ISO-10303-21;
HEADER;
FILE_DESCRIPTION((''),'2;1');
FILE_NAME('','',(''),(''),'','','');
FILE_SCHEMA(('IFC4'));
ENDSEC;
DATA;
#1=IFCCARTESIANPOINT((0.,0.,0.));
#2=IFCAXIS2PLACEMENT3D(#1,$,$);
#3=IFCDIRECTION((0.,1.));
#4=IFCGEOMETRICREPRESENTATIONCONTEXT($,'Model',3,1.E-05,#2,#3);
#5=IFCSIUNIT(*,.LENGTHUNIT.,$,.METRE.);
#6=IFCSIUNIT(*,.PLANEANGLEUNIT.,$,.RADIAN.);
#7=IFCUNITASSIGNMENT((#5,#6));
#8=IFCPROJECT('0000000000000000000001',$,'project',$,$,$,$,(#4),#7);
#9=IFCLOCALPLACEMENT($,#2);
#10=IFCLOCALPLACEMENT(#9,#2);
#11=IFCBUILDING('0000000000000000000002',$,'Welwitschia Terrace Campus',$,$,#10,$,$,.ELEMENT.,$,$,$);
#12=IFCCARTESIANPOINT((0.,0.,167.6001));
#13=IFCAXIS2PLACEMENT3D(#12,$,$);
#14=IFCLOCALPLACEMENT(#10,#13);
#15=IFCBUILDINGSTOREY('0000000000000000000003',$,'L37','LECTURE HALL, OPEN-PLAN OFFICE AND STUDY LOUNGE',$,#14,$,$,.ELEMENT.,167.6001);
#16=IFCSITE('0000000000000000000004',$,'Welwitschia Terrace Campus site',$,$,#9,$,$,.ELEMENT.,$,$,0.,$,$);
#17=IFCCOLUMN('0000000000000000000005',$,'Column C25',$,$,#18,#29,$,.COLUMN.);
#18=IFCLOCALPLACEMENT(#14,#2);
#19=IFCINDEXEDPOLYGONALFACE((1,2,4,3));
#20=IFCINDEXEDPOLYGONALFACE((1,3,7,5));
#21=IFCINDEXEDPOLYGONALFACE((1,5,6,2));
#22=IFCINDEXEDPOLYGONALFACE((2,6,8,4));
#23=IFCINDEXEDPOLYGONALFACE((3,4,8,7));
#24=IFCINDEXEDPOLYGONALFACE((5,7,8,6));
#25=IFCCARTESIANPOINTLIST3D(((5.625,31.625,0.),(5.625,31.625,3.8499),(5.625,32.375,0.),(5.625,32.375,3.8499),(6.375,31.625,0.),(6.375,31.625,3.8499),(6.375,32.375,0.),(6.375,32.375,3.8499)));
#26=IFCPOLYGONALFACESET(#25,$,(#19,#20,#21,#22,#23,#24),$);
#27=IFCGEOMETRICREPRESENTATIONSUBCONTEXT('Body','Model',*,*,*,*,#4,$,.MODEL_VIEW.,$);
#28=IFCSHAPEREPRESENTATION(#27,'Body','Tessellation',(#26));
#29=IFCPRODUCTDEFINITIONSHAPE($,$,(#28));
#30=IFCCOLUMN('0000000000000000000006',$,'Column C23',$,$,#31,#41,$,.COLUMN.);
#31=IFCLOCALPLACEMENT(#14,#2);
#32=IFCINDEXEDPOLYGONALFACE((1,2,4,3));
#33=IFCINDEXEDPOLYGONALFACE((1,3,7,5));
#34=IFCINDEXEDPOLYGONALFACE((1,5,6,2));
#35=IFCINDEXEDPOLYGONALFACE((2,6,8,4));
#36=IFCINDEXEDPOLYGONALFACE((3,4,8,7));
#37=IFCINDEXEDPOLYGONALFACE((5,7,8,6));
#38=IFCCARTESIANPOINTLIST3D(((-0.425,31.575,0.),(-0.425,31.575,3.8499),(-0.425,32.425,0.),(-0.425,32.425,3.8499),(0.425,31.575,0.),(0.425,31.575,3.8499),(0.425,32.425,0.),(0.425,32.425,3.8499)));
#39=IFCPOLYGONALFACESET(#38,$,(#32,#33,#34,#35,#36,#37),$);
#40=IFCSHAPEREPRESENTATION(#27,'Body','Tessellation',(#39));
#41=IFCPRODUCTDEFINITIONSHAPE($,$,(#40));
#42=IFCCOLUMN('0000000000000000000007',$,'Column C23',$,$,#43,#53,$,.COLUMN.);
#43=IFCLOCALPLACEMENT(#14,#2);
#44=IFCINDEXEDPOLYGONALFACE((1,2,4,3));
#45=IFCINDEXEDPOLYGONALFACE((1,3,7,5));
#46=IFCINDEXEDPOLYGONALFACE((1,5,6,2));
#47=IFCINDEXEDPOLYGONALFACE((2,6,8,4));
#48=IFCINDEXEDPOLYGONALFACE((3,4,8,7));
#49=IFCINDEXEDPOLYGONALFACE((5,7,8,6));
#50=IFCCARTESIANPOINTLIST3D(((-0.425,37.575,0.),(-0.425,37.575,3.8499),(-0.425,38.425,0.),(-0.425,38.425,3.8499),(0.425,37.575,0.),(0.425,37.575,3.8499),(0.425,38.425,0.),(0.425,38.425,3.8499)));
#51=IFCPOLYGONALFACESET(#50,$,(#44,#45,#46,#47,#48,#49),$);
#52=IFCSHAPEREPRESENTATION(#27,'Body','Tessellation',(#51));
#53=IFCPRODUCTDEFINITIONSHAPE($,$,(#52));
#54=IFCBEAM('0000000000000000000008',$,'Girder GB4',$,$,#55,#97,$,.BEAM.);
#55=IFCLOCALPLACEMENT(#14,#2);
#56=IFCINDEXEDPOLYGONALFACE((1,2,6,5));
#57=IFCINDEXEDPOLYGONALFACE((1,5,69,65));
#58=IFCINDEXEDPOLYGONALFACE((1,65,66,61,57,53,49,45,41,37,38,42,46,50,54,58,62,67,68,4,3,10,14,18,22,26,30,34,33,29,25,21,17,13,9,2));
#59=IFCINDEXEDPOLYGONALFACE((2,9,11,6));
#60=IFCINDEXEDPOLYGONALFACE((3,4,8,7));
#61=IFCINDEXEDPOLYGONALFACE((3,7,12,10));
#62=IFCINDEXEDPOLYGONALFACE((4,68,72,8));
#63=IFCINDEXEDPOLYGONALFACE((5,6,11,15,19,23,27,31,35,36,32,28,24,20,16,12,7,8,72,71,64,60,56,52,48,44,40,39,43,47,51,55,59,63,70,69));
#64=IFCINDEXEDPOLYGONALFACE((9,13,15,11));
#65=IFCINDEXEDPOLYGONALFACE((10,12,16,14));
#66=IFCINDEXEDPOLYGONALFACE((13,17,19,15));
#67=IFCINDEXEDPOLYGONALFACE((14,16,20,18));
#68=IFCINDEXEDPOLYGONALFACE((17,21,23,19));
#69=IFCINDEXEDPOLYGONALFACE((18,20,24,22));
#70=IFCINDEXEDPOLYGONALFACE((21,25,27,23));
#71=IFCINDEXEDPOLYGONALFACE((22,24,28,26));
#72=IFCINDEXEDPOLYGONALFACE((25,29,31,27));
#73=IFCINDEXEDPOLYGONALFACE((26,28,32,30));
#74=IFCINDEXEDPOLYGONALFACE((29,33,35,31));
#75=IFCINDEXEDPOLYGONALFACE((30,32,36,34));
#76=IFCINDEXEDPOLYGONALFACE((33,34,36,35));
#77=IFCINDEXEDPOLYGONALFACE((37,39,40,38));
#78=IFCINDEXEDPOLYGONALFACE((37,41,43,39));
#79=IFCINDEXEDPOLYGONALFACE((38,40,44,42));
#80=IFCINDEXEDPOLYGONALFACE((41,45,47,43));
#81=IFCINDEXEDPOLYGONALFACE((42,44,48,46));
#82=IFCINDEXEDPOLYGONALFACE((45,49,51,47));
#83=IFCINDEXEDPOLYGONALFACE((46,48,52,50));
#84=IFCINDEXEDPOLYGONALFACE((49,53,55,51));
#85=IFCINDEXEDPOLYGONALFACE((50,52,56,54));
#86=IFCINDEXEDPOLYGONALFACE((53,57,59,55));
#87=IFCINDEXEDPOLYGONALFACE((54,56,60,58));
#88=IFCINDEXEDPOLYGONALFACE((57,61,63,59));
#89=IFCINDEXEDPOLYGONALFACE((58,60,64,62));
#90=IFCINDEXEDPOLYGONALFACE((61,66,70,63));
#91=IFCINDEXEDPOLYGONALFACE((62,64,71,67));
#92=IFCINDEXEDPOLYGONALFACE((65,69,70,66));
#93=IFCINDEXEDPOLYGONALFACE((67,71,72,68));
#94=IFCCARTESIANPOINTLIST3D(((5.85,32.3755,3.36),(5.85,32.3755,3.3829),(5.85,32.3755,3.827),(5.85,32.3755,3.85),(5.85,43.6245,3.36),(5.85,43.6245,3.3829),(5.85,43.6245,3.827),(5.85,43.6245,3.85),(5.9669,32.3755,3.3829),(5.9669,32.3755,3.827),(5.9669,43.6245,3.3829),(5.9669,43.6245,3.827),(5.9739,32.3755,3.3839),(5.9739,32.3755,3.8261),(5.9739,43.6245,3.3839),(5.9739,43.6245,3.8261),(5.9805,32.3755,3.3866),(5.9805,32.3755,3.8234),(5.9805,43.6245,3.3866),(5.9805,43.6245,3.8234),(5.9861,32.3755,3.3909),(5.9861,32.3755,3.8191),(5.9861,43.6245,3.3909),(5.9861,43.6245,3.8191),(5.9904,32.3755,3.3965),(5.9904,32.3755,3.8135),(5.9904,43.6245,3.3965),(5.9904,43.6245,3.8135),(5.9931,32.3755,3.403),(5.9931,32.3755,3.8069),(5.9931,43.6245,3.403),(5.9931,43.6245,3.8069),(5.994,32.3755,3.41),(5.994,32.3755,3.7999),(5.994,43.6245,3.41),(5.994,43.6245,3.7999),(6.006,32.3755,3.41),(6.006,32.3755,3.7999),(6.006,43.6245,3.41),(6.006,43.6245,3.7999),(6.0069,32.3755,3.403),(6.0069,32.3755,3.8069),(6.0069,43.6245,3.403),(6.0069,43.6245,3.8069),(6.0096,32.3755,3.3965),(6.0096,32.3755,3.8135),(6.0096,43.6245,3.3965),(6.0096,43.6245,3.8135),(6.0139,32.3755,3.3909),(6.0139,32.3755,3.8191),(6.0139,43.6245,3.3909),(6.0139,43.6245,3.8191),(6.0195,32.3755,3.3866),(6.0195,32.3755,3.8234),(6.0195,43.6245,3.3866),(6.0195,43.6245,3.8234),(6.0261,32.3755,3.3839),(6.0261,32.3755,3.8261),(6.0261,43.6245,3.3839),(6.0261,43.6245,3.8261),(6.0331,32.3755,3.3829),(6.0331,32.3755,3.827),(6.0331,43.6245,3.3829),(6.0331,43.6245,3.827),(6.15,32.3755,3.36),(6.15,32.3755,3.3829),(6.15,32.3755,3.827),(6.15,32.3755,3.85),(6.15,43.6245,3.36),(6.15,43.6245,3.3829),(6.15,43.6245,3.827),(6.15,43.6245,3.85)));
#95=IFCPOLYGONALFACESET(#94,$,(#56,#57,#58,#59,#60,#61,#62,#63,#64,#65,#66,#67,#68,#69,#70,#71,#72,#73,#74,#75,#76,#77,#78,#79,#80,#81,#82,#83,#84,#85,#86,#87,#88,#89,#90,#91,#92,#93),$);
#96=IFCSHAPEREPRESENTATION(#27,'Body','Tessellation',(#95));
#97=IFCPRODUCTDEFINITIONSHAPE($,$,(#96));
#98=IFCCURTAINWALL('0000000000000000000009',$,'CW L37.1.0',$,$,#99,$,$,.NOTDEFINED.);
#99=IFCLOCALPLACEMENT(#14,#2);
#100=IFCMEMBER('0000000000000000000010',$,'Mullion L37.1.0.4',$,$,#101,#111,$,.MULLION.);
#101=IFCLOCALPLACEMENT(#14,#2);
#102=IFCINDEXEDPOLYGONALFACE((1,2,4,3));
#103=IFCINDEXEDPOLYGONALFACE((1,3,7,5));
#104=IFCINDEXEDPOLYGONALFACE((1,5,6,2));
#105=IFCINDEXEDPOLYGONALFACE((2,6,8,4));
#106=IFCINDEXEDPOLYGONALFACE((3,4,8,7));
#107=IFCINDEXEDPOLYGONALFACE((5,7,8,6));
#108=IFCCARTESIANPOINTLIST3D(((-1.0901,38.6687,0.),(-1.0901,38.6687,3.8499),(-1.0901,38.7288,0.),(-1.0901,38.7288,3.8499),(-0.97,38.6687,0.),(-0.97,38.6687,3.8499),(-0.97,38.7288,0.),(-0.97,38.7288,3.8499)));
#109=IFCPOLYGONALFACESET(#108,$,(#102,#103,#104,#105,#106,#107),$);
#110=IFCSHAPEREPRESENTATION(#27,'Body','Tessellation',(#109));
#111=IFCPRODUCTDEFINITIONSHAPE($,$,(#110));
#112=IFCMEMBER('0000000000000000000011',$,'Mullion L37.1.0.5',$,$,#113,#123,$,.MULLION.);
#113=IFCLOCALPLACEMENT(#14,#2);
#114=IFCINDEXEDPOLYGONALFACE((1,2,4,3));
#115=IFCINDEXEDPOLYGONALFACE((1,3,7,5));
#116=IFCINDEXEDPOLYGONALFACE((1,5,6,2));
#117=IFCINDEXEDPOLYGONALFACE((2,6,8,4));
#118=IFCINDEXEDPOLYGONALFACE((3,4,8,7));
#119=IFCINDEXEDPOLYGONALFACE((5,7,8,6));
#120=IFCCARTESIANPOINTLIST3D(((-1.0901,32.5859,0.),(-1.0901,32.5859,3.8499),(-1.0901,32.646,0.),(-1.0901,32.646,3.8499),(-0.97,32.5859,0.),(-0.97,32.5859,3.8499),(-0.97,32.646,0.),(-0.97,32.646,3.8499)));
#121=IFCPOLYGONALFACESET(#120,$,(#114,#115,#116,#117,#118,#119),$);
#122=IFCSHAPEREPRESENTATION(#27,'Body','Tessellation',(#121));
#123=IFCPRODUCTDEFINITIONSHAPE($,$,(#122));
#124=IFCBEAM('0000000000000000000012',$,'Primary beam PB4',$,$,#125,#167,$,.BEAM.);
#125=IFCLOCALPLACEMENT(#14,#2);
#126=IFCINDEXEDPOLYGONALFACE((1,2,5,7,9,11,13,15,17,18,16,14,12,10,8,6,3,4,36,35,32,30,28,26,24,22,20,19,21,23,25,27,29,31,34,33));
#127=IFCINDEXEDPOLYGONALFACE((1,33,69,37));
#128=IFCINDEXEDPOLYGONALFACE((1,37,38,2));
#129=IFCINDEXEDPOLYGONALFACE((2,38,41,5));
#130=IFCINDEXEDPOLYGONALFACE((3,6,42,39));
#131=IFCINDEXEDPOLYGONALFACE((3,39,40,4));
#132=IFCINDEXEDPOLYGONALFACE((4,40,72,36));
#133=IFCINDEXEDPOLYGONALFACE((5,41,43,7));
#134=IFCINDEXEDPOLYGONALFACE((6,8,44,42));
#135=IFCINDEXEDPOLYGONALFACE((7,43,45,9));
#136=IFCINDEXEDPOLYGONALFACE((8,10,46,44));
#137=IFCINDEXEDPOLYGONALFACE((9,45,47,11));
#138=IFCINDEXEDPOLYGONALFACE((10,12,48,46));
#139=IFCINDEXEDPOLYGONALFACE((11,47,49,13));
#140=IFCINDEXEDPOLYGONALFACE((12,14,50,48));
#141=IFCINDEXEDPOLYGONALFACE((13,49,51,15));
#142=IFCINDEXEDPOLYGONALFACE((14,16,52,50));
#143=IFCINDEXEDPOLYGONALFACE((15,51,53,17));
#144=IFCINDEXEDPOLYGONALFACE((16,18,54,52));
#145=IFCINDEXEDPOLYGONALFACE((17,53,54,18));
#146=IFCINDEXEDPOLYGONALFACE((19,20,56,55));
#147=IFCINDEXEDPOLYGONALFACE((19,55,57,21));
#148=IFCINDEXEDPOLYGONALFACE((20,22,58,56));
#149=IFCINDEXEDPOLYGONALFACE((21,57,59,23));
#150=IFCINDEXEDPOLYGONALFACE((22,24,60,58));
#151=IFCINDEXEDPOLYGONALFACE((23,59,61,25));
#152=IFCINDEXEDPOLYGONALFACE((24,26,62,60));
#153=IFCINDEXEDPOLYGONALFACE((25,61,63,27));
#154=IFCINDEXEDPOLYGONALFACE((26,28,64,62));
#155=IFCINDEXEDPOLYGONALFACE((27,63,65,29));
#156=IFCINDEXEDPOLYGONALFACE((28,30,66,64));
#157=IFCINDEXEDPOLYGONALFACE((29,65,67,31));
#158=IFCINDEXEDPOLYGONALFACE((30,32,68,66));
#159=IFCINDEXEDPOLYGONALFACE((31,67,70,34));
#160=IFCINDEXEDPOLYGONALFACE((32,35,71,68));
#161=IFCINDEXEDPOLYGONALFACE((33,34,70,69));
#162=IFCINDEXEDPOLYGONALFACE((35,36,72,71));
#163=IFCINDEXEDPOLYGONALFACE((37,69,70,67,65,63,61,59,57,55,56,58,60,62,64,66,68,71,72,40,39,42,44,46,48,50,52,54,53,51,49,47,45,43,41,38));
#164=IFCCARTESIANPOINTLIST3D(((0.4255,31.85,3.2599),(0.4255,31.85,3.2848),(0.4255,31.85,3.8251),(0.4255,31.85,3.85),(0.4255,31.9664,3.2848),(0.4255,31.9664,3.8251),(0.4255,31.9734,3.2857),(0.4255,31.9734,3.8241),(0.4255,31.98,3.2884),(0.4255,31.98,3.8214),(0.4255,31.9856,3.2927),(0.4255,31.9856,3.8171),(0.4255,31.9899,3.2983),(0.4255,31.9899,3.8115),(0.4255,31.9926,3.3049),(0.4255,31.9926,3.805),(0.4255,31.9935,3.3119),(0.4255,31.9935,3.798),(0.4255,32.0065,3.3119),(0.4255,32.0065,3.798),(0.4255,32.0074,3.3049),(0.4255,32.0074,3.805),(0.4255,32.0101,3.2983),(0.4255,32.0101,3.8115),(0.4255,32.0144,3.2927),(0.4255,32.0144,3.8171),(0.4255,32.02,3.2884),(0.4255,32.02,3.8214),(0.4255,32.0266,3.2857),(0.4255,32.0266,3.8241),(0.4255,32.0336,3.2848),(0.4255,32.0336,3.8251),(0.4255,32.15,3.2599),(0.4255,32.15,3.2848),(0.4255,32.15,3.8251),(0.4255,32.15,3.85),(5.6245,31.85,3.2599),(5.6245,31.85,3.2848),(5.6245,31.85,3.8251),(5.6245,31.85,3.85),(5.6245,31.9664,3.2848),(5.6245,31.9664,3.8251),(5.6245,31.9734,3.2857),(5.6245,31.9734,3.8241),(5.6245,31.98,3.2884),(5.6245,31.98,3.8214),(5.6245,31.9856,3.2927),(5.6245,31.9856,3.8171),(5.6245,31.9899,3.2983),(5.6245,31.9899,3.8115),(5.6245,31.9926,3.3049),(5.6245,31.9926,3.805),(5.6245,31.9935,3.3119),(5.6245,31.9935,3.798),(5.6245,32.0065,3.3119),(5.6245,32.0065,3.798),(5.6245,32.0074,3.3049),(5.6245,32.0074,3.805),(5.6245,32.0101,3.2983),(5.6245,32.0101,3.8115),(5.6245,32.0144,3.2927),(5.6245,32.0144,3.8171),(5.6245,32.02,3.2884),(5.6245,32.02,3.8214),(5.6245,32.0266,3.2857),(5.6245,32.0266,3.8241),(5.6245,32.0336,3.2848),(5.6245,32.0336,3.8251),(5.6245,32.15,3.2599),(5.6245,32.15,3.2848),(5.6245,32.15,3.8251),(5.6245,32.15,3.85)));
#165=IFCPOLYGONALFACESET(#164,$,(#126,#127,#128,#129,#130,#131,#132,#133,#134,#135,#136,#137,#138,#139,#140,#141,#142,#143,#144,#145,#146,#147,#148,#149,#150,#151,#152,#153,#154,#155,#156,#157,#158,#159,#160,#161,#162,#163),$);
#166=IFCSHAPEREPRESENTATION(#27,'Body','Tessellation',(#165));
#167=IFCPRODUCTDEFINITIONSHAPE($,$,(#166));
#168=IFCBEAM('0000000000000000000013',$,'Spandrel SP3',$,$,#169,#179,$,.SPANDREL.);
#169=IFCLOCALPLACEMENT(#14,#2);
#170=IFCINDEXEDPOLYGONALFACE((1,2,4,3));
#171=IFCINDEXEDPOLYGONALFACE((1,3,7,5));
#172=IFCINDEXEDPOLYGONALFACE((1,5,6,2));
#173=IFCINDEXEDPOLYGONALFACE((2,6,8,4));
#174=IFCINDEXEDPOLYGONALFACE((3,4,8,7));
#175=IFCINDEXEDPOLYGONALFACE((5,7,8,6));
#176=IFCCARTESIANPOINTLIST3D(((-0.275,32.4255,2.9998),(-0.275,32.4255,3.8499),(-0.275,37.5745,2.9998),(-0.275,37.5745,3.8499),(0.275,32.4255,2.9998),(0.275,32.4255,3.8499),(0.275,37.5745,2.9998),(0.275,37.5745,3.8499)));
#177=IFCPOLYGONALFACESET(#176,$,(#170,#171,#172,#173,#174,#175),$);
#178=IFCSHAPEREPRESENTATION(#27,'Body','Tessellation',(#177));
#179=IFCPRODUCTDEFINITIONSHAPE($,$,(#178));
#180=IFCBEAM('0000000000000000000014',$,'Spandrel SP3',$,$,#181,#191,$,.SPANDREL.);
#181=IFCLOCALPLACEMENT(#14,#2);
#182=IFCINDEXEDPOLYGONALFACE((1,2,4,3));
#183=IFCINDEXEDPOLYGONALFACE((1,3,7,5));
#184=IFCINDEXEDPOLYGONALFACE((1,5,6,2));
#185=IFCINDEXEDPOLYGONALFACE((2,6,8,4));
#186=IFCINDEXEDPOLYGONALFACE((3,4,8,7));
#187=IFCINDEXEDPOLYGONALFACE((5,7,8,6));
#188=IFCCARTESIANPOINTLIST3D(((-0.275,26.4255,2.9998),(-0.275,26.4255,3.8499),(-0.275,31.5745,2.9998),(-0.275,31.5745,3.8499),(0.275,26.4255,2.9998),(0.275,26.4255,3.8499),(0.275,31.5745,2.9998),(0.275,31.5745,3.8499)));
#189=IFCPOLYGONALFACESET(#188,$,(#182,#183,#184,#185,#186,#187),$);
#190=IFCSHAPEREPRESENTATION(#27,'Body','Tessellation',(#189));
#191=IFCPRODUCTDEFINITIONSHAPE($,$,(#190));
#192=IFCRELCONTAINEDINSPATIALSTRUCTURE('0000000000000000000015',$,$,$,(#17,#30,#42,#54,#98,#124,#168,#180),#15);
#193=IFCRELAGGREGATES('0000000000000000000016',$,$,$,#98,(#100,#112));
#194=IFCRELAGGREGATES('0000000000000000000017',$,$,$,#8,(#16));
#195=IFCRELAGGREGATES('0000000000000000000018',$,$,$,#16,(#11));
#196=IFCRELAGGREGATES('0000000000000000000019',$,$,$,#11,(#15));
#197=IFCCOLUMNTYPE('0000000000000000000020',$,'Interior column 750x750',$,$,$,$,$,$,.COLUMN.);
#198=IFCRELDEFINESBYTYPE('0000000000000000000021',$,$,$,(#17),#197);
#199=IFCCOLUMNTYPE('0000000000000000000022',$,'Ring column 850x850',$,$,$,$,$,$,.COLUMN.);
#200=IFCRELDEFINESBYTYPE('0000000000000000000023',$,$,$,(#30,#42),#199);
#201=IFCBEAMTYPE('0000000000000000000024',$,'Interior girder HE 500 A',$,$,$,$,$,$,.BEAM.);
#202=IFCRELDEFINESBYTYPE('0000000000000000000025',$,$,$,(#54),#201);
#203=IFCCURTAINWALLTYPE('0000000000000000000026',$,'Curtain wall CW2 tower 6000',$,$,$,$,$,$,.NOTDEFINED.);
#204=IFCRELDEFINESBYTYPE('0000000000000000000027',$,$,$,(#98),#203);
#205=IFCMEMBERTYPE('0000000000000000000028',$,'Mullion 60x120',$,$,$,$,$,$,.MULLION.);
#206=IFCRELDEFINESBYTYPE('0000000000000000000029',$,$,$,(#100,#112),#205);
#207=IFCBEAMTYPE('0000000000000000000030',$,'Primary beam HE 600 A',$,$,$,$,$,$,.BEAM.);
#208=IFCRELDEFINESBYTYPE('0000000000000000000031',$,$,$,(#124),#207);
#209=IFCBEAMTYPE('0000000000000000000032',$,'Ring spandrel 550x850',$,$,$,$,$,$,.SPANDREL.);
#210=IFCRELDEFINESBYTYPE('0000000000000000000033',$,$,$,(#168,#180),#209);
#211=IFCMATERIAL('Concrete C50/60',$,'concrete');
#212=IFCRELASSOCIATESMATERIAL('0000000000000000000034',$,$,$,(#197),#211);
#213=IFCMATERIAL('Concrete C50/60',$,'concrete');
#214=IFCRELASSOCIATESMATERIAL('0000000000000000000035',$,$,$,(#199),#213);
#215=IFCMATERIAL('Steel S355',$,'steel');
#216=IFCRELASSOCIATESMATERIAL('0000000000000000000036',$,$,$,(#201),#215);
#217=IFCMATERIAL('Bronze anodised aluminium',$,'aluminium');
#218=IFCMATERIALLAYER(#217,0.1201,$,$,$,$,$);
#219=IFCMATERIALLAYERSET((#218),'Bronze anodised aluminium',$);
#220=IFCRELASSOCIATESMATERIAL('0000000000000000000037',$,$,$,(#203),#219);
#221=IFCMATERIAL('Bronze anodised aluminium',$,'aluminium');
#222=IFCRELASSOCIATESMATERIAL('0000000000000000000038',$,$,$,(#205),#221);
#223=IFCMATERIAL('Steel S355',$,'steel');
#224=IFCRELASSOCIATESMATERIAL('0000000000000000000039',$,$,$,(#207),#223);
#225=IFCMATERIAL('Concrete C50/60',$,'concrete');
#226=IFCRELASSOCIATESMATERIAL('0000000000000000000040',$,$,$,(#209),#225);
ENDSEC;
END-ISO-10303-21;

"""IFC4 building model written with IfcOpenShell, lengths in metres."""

from ifc_helpers import new_model, si_unit, direction, frame, origin, origin_2d, place, context, subcontext, project, spatial, rectangle, i_section, extrude, material, layer, layer_set, material_profile, profile_set, type_object, element, aggregate, save


model = new_model("IFC4")

# Units and contexts
model_context = context("Model", 3, precision=1e-05, world=origin(), true_north=direction((0.0, 1.0)))
body_context = subcontext(model_context, "Body", "Model", "MODEL_VIEW")
ifc_project = project(units=[si_unit("LENGTHUNIT", "METRE"), si_unit("PLANEANGLEUNIT", "RADIAN")], contexts=[model_context])

# Site, building, storey
site_placement = place(None, origin())
site = spatial("IfcSite", under=ifc_project, at=site_placement, Name="Welwitschia Terrace Campus site", CompositionType="ELEMENT", RefElevation=0.0)
building_placement = place(site_placement, origin())
building = spatial("IfcBuilding", under=site, at=building_placement, Name="Welwitschia Terrace Campus", CompositionType="ELEMENT")
storey_placement = place(building_placement, frame((0.0, 0.0, 167.6001)))
storey = spatial("IfcBuildingStorey", under=building, at=storey_placement, Name="L37", Description="LECTURE HALL, OPEN-PLAN OFFICE AND STUDY LOUNGE", CompositionType="ELEMENT", Elevation=167.6001)

# Columns
ifc_material_1 = material(Name="Concrete C50/60", Category="concrete")
ifc_material_profile_1 = material_profile(ifc_material_1, rectangle(XDim=0.75, YDim=0.75, at=origin_2d()))
ifc_profile_set_1 = profile_set([ifc_material_profile_1], Name="Concrete C50/60")
column_type_1 = type_object("IfcColumnType", Name="Interior column 750x750", PredefinedType="COLUMN", material=ifc_profile_set_1)
column_placement = place(storey_placement, frame((6.0, 32.0, 0.0), z_axis=(0.0, 0.0, 1.0), x_axis=(1.0, 0.0, 0.0)))
element("IfcColumn", 1, at=column_placement, inside=storey, type_object=column_type_1, Name="Column C25", PredefinedType="COLUMN", context=body_context, shape_type="SweptSolid", body=[
    extrude(rectangle(XDim=0.75, YDim=0.75, at=origin_2d()), origin(), (0.0, 0.0, 1.0), 3.8499),
])
ifc_material_2 = material(Name="Concrete C50/60", Category="concrete")
ifc_material_profile_2 = material_profile(ifc_material_2, rectangle(XDim=0.8501, YDim=0.8501, at=origin_2d()))
ifc_profile_set_2 = profile_set([ifc_material_profile_2], Name="Concrete C50/60")
column_type_2 = type_object("IfcColumnType", Name="Ring column 850x850", PredefinedType="COLUMN", material=ifc_profile_set_2)
for number, where, z_axis, x_axis, name in (
    (2, (0.0, 32.0, 0.0), (0.0, 0.0, 1.0), (1.0, 0.0, 0.0), "Column C23"),
    (3, (0.0, 38.0, 0.0), (0.0, 0.0, 1.0), (1.0, 0.0, 0.0), "Column C23"),
):
    element("IfcColumn", number, at=place(storey_placement, frame(where, z_axis=z_axis, x_axis=x_axis)), inside=storey, type_object=column_type_2, Name=name, PredefinedType="COLUMN", context=body_context, shape_type="SweptSolid", body=[
        extrude(rectangle(XDim=0.8501, YDim=0.8501, at=origin_2d()), origin(), (0.0, 0.0, 1.0), 3.8499),
    ])

# Beam
ifc_material_3 = material(Name="Steel S355", Category="steel")
ifc_material_profile_3 = material_profile(ifc_material_3, i_section(OverallWidth=0.3, OverallDepth=0.49, WebThickness=0.012, FlangeThickness=0.0229, FilletRadius=0.0271, at=origin_2d()))
ifc_profile_set_3 = profile_set([ifc_material_profile_3], Name="Steel S355")
beam_type_1 = type_object("IfcBeamType", Name="Interior girder HE 500 A", PredefinedType="BEAM", material=ifc_profile_set_3)
beam_1_placement = place(storey_placement, frame((6.0, 32.3755, 3.605), z_axis=(0.0, 1.0, 0.0), x_axis=(-1.0, 0.0, 0.0)))
element("IfcBeam", 4, at=beam_1_placement, inside=storey, type_object=beam_type_1, Name="Girder GB4", PredefinedType="BEAM", context=body_context, shape_type="SweptSolid", body=[
    extrude(i_section(OverallWidth=0.3, OverallDepth=0.49, WebThickness=0.012, FlangeThickness=0.0229, FilletRadius=0.0271, at=origin_2d()), origin(), (0.0, 0.0, 1.0), 11.249),
])

# Curtain wall, members
ifc_material_4 = material(Name="Bronze anodised aluminium", Category="aluminium")
ifc_layer_1 = layer(ifc_material_4, 0.1201)
ifc_layer_set_1 = layer_set([ifc_layer_1], Name="Bronze anodised aluminium")
curtain_wall_type = type_object("IfcCurtainWallType", Name="Curtain wall CW2 tower 6000", PredefinedType="NOTDEFINED", material=ifc_layer_set_1)
curtain_wall_placement = place(storey_placement, origin())
curtain_wall = element("IfcCurtainWall", 5, at=curtain_wall_placement, inside=storey, type_object=curtain_wall_type, Name="CW L37.1.0", PredefinedType="NOTDEFINED")
ifc_material_5 = material(Name="Bronze anodised aluminium", Category="aluminium")
ifc_material_profile_4 = material_profile(ifc_material_5, rectangle(XDim=0.1201, YDim=0.0601, at=origin_2d()))
ifc_profile_set_4 = profile_set([ifc_material_profile_4], Name="Bronze anodised aluminium")
member_type = type_object("IfcMemberType", Name="Mullion 60x120", PredefinedType="MULLION", material=ifc_profile_set_4)
member_1_placement = place(storey_placement, frame((-1.03, 38.6987, 0.0), z_axis=(0.0, 0.0, 1.0), x_axis=(1.0, 0.0, 0.0)))
member_1 = element("IfcMember", 6, at=member_1_placement, type_object=member_type, Name="Mullion L37.1.0.4", PredefinedType="MULLION", context=body_context, shape_type="SweptSolid", body=[
    extrude(rectangle(XDim=0.1201, YDim=0.0601, at=origin_2d()), origin(), (0.0, 0.0, 1.0), 3.8499),
])
member_2_placement = place(storey_placement, frame((-1.03, 32.616, 0.0), z_axis=(0.0, 0.0, 1.0), x_axis=(1.0, 0.0, 0.0)))
member_2 = element("IfcMember", 7, at=member_2_placement, type_object=member_type, Name="Mullion L37.1.0.5", PredefinedType="MULLION", context=body_context, shape_type="SweptSolid", body=[
    extrude(rectangle(XDim=0.1201, YDim=0.0601, at=origin_2d()), origin(), (0.0, 0.0, 1.0), 3.8499),
])

# Beams
ifc_material_6 = material(Name="Steel S355", Category="steel")
ifc_material_profile_5 = material_profile(ifc_material_6, i_section(OverallWidth=0.3, OverallDepth=0.5901, WebThickness=0.0129, FlangeThickness=0.0249, FilletRadius=0.0271, at=origin_2d()))
ifc_profile_set_5 = profile_set([ifc_material_profile_5], Name="Steel S355")
beam_type_2 = type_object("IfcBeamType", Name="Primary beam HE 600 A", PredefinedType="BEAM", material=ifc_profile_set_5)
beam_2_placement = place(storey_placement, frame((0.4255, 32.0, 3.5549), z_axis=(1.0, 0.0, 0.0), x_axis=(0.0, 1.0, 0.0)))
element("IfcBeam", 8, at=beam_2_placement, inside=storey, type_object=beam_type_2, Name="Primary beam PB4", PredefinedType="BEAM", context=body_context, shape_type="SweptSolid", body=[
    extrude(i_section(OverallWidth=0.3, OverallDepth=0.5901, WebThickness=0.0129, FlangeThickness=0.0249, FilletRadius=0.0271, at=origin_2d()), origin(), (0.0, 0.0, 1.0), 5.199),
])
ifc_material_7 = material(Name="Concrete C50/60", Category="concrete")
ifc_material_profile_6 = material_profile(ifc_material_7, rectangle(XDim=0.55, YDim=0.8501, at=origin_2d()))
ifc_profile_set_6 = profile_set([ifc_material_profile_6], Name="Concrete C50/60")
beam_type_3 = type_object("IfcBeamType", Name="Ring spandrel 550x850", PredefinedType="SPANDREL", material=ifc_profile_set_6)
for number, where, z_axis, x_axis, name in (
    (9, (0.0, 37.5745, 3.4248), (0.0, -1.0, 0.0), (1.0, 0.0, 0.0), "Spandrel SP3"),
    (10, (0.0, 31.5745, 3.4248), (0.0, -1.0, 0.0), (1.0, 0.0, 0.0), "Spandrel SP3"),
):
    element("IfcBeam", number, at=place(storey_placement, frame(where, z_axis=z_axis, x_axis=x_axis)), inside=storey, type_object=beam_type_3, Name=name, PredefinedType="SPANDREL", context=body_context, shape_type="SweptSolid", body=[
        extrude(rectangle(XDim=0.55, YDim=0.8501, at=origin_2d()), origin(), (0.0, 0.0, 1.0), 5.1489),
    ])

aggregate(curtain_wall, [member_1, member_2])

save(model, "model.ifc")
